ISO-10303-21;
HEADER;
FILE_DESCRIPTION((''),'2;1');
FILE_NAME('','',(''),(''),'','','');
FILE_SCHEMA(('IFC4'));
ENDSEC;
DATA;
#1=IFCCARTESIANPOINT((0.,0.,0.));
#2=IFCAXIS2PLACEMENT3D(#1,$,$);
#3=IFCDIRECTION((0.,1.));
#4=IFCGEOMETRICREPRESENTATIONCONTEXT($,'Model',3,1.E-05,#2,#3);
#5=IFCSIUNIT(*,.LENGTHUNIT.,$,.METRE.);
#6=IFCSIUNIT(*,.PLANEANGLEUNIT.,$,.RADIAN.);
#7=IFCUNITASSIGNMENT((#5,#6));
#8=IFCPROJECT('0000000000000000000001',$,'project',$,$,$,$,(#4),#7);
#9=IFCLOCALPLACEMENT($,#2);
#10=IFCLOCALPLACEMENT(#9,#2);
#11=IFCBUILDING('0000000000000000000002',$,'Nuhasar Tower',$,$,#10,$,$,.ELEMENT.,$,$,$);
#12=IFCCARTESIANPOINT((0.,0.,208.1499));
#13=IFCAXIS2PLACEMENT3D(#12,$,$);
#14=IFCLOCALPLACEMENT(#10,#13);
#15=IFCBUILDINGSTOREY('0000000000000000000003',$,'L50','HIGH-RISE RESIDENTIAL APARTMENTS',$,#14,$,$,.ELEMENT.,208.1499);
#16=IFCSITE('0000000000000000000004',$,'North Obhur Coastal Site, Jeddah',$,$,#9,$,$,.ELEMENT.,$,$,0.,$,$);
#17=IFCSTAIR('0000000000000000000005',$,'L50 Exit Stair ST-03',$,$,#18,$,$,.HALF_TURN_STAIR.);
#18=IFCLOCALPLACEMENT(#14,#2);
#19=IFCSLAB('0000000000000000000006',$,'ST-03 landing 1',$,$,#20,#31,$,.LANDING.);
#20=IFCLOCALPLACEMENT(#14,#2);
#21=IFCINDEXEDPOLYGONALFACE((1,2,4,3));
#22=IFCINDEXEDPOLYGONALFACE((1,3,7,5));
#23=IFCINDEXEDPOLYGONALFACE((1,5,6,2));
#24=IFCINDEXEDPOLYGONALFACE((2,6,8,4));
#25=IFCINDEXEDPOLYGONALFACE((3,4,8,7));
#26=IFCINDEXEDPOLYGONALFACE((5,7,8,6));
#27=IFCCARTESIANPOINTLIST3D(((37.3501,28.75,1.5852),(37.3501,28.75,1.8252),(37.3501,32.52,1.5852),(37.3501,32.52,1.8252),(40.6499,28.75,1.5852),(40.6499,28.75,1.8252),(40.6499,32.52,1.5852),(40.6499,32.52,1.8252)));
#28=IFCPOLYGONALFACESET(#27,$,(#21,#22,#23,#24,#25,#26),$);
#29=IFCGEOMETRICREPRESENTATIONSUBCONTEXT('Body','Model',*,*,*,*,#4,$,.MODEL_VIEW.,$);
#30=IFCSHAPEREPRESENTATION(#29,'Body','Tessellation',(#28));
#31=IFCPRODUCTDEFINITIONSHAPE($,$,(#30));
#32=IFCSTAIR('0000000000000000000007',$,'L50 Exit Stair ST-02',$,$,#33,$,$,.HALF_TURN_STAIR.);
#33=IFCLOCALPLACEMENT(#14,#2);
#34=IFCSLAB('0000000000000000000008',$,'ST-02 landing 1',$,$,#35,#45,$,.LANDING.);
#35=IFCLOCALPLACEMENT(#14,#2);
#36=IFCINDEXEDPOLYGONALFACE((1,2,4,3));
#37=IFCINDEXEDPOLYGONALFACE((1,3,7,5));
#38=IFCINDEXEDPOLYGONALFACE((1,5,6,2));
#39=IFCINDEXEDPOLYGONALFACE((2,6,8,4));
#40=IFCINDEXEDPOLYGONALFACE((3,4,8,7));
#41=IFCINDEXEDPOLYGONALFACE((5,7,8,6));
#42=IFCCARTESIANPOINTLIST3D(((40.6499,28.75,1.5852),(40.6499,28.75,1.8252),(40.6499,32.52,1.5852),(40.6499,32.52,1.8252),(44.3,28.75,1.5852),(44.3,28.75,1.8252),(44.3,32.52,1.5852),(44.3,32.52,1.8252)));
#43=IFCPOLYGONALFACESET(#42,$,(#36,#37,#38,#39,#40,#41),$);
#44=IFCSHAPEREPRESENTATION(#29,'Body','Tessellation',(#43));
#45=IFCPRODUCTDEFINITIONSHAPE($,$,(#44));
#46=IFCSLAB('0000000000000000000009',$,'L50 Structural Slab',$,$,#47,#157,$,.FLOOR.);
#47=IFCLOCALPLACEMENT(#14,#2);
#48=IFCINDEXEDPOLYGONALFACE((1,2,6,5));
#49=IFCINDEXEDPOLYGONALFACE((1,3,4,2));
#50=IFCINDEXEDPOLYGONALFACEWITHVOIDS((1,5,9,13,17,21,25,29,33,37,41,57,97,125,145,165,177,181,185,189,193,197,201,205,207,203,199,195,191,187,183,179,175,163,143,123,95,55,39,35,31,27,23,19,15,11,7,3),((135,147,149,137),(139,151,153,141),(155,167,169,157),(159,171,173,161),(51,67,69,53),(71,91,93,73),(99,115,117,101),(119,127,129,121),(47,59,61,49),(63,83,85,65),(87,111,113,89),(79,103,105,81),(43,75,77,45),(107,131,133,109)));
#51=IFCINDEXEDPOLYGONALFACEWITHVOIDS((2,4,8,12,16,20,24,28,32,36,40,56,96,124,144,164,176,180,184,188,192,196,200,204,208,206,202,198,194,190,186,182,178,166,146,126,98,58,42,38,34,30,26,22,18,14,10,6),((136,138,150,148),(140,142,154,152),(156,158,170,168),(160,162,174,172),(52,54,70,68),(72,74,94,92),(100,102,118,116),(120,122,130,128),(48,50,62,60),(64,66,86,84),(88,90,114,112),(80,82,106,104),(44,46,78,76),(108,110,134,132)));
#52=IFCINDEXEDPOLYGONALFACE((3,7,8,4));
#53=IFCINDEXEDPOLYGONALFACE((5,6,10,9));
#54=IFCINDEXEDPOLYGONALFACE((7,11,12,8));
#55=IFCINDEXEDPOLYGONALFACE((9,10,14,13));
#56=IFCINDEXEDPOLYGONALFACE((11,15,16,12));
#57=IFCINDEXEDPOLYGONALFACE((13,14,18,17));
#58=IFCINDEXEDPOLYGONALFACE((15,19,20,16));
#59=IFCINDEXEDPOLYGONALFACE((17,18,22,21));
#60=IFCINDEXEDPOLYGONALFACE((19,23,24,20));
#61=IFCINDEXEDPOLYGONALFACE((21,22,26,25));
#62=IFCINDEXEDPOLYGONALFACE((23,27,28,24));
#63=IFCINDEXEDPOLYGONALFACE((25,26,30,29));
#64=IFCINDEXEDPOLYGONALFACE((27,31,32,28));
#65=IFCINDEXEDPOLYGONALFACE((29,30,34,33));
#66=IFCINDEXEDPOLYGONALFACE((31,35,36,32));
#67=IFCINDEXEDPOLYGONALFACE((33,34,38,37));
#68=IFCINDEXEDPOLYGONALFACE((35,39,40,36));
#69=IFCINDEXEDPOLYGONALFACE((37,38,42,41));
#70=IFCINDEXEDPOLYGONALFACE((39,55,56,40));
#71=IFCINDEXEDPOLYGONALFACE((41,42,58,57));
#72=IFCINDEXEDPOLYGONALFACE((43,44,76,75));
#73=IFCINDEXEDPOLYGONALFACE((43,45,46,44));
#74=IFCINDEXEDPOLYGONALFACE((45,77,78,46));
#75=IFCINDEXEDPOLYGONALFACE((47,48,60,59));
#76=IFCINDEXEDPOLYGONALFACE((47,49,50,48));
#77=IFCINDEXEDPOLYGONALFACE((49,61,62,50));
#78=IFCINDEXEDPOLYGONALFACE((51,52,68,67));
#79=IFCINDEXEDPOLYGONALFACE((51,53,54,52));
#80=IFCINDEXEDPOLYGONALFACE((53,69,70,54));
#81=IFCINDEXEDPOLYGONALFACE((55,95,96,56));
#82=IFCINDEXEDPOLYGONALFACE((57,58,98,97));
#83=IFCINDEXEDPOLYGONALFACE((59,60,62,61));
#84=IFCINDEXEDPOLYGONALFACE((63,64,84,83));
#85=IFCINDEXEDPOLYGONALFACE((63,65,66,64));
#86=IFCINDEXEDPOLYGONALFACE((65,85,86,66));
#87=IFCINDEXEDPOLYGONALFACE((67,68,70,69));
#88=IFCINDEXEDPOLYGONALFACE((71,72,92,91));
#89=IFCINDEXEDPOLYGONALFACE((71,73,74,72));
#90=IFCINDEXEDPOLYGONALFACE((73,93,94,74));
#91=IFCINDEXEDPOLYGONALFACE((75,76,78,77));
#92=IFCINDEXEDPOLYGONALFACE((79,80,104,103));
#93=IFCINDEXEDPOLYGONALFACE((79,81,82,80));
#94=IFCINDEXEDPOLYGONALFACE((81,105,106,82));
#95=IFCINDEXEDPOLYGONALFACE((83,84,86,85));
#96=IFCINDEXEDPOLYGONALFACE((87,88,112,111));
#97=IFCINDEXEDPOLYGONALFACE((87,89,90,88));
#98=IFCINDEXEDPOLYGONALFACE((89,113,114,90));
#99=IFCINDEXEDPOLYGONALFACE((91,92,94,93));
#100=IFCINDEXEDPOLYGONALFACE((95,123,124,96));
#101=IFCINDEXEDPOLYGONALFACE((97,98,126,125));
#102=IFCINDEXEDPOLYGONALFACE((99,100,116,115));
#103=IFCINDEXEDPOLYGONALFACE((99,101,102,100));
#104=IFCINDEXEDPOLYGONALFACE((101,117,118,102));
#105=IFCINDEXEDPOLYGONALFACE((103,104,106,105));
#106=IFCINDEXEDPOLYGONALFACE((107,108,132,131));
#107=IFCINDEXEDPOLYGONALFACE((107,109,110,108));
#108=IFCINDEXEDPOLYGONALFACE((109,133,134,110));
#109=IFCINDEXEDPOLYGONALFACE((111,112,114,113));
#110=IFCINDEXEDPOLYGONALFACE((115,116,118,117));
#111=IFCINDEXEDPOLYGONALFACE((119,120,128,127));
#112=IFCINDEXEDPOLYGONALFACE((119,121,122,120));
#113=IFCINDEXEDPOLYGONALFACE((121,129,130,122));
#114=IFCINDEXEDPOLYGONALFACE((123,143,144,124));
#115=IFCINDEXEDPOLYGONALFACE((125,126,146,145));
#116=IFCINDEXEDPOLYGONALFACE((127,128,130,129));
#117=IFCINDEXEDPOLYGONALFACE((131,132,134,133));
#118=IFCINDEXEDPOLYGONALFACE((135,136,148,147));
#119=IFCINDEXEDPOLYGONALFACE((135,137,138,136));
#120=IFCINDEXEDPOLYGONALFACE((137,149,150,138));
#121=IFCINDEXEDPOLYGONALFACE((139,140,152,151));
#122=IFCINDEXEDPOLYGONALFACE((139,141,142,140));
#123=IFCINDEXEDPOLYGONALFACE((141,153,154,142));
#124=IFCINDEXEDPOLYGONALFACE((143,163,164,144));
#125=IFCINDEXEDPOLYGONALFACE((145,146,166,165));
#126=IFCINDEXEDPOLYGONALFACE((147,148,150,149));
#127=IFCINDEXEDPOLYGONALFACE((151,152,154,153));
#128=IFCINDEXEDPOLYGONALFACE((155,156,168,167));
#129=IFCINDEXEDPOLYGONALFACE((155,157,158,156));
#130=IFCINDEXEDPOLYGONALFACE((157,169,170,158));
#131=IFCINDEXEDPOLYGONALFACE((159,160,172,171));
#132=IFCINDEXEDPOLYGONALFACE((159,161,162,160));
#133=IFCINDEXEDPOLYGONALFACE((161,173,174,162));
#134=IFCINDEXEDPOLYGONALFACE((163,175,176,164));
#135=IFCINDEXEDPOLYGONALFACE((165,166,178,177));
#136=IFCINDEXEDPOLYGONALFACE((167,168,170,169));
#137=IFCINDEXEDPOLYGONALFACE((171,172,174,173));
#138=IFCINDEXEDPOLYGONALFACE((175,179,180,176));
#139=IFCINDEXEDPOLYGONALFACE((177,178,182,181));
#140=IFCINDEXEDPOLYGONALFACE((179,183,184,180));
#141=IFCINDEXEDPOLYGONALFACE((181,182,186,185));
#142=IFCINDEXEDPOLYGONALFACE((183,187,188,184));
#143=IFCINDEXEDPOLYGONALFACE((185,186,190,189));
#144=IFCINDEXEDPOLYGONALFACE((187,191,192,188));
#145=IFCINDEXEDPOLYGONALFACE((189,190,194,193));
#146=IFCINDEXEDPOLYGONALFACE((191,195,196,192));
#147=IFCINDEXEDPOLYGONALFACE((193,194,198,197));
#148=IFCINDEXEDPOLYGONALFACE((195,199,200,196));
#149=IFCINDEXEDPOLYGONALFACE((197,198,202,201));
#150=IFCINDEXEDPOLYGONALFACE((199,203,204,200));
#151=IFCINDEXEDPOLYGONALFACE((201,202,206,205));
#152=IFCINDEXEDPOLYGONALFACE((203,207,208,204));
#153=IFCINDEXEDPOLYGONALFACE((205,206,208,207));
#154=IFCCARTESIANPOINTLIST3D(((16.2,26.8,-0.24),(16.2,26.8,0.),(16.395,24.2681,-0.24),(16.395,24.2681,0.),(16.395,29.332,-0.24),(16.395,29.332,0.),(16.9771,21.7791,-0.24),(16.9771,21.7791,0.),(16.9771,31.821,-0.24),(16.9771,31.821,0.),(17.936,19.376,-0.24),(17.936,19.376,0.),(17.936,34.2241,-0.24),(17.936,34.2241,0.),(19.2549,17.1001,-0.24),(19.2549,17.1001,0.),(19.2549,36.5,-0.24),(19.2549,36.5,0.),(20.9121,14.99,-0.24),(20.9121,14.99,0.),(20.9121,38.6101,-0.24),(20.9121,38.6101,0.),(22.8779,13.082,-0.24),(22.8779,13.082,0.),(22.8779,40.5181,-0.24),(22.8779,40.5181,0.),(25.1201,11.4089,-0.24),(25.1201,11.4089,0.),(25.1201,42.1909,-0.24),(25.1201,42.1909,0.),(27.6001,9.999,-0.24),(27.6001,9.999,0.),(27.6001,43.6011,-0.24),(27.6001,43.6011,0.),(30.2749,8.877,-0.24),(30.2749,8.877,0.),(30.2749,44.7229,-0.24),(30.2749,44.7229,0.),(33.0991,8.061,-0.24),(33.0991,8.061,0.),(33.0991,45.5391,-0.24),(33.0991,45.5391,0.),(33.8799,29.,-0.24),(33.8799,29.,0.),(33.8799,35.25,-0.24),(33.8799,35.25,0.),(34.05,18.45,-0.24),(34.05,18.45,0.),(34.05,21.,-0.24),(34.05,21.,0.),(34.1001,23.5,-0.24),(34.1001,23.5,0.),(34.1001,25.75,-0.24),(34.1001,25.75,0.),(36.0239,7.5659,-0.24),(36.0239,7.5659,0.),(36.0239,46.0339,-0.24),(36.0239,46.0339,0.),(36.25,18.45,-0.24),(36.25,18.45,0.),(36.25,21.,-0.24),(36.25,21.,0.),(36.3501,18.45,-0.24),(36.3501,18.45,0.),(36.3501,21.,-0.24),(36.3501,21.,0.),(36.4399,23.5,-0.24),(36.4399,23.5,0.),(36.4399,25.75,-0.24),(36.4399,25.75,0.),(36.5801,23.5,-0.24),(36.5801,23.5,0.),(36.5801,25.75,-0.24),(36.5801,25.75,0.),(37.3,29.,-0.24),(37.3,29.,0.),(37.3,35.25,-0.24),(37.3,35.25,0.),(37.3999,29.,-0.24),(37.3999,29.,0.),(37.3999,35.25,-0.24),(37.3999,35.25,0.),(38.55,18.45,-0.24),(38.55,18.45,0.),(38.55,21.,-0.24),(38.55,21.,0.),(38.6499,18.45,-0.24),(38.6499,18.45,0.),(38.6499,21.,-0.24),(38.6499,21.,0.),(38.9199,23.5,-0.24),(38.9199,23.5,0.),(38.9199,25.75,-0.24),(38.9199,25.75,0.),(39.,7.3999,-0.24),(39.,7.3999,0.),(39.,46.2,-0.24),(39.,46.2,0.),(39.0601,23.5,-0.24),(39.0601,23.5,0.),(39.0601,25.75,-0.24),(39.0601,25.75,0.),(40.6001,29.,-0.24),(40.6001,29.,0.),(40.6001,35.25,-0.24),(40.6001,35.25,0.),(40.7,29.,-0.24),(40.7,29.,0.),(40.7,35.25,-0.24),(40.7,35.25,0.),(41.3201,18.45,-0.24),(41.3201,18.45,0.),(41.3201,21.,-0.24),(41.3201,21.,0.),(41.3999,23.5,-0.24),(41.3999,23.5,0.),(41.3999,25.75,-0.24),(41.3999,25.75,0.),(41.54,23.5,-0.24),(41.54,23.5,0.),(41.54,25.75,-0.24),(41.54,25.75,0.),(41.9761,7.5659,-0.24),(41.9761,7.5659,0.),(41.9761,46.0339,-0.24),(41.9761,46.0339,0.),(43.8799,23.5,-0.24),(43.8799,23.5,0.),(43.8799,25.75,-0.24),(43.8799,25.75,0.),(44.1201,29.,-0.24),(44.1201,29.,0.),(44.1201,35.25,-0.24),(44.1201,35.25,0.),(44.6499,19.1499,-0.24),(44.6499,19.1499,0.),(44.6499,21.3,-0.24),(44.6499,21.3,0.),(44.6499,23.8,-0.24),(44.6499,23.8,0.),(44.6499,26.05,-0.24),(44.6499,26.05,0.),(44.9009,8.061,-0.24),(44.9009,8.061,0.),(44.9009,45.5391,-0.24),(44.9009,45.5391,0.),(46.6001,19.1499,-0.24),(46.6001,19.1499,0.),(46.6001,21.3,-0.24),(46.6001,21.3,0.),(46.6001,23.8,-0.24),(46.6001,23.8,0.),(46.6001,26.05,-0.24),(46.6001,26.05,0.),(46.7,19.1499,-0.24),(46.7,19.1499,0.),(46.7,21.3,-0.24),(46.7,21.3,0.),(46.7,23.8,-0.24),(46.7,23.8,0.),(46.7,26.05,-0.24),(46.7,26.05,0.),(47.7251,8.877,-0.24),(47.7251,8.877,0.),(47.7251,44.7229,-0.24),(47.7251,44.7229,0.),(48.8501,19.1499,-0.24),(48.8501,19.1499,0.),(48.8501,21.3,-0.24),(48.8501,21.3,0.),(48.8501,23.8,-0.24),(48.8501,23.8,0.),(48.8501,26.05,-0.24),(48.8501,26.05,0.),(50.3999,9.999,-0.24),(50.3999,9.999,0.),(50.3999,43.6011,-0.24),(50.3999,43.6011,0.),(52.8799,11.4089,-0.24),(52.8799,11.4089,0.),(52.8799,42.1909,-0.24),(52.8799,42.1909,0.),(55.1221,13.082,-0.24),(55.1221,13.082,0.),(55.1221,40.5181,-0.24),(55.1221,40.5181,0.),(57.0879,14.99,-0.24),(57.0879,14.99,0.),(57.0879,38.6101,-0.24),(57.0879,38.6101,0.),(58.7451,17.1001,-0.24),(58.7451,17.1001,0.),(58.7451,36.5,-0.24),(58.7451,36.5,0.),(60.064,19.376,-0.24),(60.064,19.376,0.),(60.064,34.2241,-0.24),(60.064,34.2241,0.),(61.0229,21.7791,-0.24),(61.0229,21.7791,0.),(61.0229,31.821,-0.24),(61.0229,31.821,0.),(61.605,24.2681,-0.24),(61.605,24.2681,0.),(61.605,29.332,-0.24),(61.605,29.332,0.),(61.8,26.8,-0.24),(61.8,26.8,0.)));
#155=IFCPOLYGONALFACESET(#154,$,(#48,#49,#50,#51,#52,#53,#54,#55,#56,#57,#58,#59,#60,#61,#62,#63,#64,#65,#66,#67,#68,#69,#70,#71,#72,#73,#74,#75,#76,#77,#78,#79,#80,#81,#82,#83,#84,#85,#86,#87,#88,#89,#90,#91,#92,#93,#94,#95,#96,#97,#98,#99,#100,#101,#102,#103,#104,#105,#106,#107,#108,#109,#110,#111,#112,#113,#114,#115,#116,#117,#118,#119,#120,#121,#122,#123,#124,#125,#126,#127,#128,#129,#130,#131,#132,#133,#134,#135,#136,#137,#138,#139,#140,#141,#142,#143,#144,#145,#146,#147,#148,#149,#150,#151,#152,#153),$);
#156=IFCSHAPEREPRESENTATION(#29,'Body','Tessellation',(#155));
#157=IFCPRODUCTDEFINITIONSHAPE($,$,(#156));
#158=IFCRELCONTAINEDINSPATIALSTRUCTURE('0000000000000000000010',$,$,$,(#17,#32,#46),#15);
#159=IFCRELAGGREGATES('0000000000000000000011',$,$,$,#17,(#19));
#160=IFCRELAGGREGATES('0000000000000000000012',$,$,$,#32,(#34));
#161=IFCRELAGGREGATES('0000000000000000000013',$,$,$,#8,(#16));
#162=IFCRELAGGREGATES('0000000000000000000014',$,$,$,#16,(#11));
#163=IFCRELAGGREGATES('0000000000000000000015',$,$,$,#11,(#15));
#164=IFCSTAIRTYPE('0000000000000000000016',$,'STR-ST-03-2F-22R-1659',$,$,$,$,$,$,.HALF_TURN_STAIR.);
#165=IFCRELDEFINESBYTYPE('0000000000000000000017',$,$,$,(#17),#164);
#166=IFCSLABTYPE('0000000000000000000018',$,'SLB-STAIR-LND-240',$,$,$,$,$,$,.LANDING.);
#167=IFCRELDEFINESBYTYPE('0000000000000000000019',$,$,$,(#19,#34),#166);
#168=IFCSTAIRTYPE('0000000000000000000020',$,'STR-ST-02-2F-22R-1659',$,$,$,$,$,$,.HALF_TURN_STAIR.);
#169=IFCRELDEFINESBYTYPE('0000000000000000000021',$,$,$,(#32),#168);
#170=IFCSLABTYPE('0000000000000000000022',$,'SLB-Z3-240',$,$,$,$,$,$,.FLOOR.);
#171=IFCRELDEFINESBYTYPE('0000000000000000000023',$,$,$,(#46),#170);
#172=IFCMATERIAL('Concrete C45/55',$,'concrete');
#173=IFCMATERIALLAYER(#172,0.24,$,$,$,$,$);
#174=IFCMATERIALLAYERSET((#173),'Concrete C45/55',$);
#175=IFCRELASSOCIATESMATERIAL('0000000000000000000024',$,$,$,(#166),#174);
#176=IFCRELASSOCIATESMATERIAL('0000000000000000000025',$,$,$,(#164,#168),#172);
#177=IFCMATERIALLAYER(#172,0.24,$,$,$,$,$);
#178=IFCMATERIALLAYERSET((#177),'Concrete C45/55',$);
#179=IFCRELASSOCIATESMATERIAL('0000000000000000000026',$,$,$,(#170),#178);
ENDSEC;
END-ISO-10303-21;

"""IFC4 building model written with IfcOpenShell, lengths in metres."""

from ifc_helpers import new_model, si_unit, direction, frame, origin, place, context, subcontext, project, spatial, polyline, outline, extrude, material, layer, layer_set, type_object, element, aggregate, save


model = new_model("IFC4")

# Units and contexts
model_context = context("Model", 3, precision=1e-05, world=origin(), true_north=direction((0.0, 1.0)))
body_context = subcontext(model_context, "Body", "Model", "MODEL_VIEW")
ifc_project = project(units=[si_unit("LENGTHUNIT", "METRE"), si_unit("PLANEANGLEUNIT", "RADIAN")], contexts=[model_context])

# Site, building, storey
site_placement = place(None, origin())
site = spatial("IfcSite", under=ifc_project, at=site_placement, Name="North Obhur Coastal Site, Jeddah", CompositionType="ELEMENT", RefElevation=0.0)
building_placement = place(site_placement, origin())
building = spatial("IfcBuilding", under=site, at=building_placement, Name="Nuhasar Tower", CompositionType="ELEMENT")
storey_placement = place(building_placement, frame((0.0, 0.0, 208.1499)))
storey = spatial("IfcBuildingStorey", under=building, at=storey_placement, Name="L50", Description="HIGH-RISE RESIDENTIAL APARTMENTS", CompositionType="ELEMENT", Elevation=208.1499)

# Stairs, slabs
ifc_material_1 = material(Name="Concrete C45/55", Category="concrete")
ifc_layer_1 = layer(ifc_material_1, 0.24)
ifc_layer_set_1 = layer_set([ifc_layer_1], Name="Concrete C45/55")
slab_type_1 = type_object("IfcSlabType", Name="SLB-STAIR-LND-240", PredefinedType="LANDING", material=ifc_layer_set_1)
stair_type_1 = type_object("IfcStairType", Name="STR-ST-03-2F-22R-1659", PredefinedType="HALF_TURN_STAIR", material=ifc_material_1)
stair_1_placement = place(storey_placement, origin())
stair_1 = element("IfcStair", 1, at=stair_1_placement, inside=storey, type_object=stair_type_1, Name="L50 Exit Stair ST-03", PredefinedType="HALF_TURN_STAIR")
slab_1_placement = place(storey_placement, frame((0.0, 0.0, 1.5852)))
slab_1 = element("IfcSlab", 2, at=slab_1_placement, type_object=slab_type_1, Name="ST-03 landing 1", PredefinedType="LANDING", context=body_context, shape_type="SweptSolid", body=[
    extrude(outline(polyline([(37.3501, 28.75), (40.6499, 28.75), (40.6499, 32.52), (37.3501, 32.52), (37.3501, 28.75)])), origin(), (0.0, 0.0, 1.0), 0.24),
])
aggregate(stair_1, [slab_1])
stair_type_2 = type_object("IfcStairType", Name="STR-ST-02-2F-22R-1659", PredefinedType="HALF_TURN_STAIR", material=ifc_material_1)
stair_2_placement = place(storey_placement, origin())
stair_2 = element("IfcStair", 3, at=stair_2_placement, inside=storey, type_object=stair_type_2, Name="L50 Exit Stair ST-02", PredefinedType="HALF_TURN_STAIR")
slab_2_placement = place(storey_placement, frame((0.0, 0.0, 1.5852)))
slab_2 = element("IfcSlab", 4, at=slab_2_placement, type_object=slab_type_1, Name="ST-02 landing 1", PredefinedType="LANDING", context=body_context, shape_type="SweptSolid", body=[
    extrude(outline(polyline([(40.6499, 28.75), (44.3, 28.75), (44.3, 32.52), (40.6499, 32.52), (40.6499, 28.75)])), origin(), (0.0, 0.0, 1.0), 0.24),
])
aggregate(stair_2, [slab_2])

# Slab
ifc_layer_2 = layer(ifc_material_1, 0.24)
ifc_layer_set_2 = layer_set([ifc_layer_2], Name="Concrete C45/55")
slab_type_2 = type_object("IfcSlabType", Name="SLB-Z3-240", PredefinedType="FLOOR", material=ifc_layer_set_2)
slab_3_placement = place(storey_placement, frame((0.0, 0.0, -0.24)))
element("IfcSlab", 5, at=slab_3_placement, inside=storey, type_object=slab_type_2, Name="L50 Structural Slab", PredefinedType="FLOOR", context=body_context, shape_type="SweptSolid", body=[
    extrude(outline(polyline([(61.8, 26.8), (61.605, 29.332), (61.0229, 31.821), (60.064, 34.2241), (58.7451, 36.5), (57.0879, 38.6101), (55.1221, 40.5181), (52.8799, 42.1909), (50.3999, 43.6011), (47.7251, 44.7229), (44.9009, 45.5391), (41.9761, 46.0339), (39.0, 46.2), (36.0239, 46.0339), (33.0991, 45.5391), (30.2749, 44.7229), (27.6001, 43.6011), (25.1201, 42.1909), (22.8779, 40.5181), (20.9121, 38.6101), (19.2549, 36.5), (17.936, 34.2241), (16.9771, 31.821), (16.395, 29.332), (16.2, 26.8), (16.395, 24.2681), (16.9771, 21.7791), (17.936, 19.376), (19.2549, 17.1001), (20.9121, 14.99), (22.8779, 13.082), (25.1201, 11.4089), (27.6001, 9.999), (30.2749, 8.877), (33.0991, 8.061), (36.0239, 7.5659), (39.0, 7.3999), (41.9761, 7.5659), (44.9009, 8.061), (47.7251, 8.877), (50.3999, 9.999), (52.8799, 11.4089), (55.1221, 13.082), (57.0879, 14.99), (58.7451, 17.1001), (60.064, 19.376), (61.0229, 21.7791), (61.605, 24.2681), (61.8, 26.8)]), holes=[polyline([(33.8799, 35.25), (37.3, 35.25), (37.3, 29.0), (33.8799, 29.0), (33.8799, 35.25)]), polyline([(37.3999, 35.25), (40.6001, 35.25), (40.6001, 29.0), (37.3999, 29.0), (37.3999, 35.25)]), polyline([(40.7, 35.25), (44.1201, 35.25), (44.1201, 29.0), (40.7, 29.0), (40.7, 35.25)]), polyline([(44.6499, 26.05), (46.6001, 26.05), (46.6001, 23.8), (44.6499, 23.8), (44.6499, 26.05)]), polyline([(46.7, 26.05), (48.8501, 26.05), (48.8501, 23.8), (46.7, 23.8), (46.7, 26.05)]), polyline([(44.6499, 21.3), (46.6001, 21.3), (46.6001, 19.1499), (44.6499, 19.1499), (44.6499, 21.3)]), polyline([(46.7, 21.3), (48.8501, 21.3), (48.8501, 19.1499), (46.7, 19.1499), (46.7, 21.3)]), polyline([(34.1001, 25.75), (36.4399, 25.75), (36.4399, 23.5), (34.1001, 23.5), (34.1001, 25.75)]), polyline([(36.5801, 25.75), (38.9199, 25.75), (38.9199, 23.5), (36.5801, 23.5), (36.5801, 25.75)]), polyline([(39.0601, 25.75), (41.3999, 25.75), (41.3999, 23.5), (39.0601, 23.5), (39.0601, 25.75)]), polyline([(41.54, 25.75), (43.8799, 25.75), (43.8799, 23.5), (41.54, 23.5), (41.54, 25.75)]), polyline([(34.05, 21.0), (36.25, 21.0), (36.25, 18.45), (34.05, 18.45), (34.05, 21.0)]), polyline([(36.3501, 21.0), (38.55, 21.0), (38.55, 18.45), (36.3501, 18.45), (36.3501, 21.0)]), polyline([(38.6499, 21.0), (41.3201, 21.0), (41.3201, 18.45), (38.6499, 18.45), (38.6499, 21.0)])]), origin(), (0.0, 0.0, 1.0), 0.24),
])

save(model, "model.ifc")
